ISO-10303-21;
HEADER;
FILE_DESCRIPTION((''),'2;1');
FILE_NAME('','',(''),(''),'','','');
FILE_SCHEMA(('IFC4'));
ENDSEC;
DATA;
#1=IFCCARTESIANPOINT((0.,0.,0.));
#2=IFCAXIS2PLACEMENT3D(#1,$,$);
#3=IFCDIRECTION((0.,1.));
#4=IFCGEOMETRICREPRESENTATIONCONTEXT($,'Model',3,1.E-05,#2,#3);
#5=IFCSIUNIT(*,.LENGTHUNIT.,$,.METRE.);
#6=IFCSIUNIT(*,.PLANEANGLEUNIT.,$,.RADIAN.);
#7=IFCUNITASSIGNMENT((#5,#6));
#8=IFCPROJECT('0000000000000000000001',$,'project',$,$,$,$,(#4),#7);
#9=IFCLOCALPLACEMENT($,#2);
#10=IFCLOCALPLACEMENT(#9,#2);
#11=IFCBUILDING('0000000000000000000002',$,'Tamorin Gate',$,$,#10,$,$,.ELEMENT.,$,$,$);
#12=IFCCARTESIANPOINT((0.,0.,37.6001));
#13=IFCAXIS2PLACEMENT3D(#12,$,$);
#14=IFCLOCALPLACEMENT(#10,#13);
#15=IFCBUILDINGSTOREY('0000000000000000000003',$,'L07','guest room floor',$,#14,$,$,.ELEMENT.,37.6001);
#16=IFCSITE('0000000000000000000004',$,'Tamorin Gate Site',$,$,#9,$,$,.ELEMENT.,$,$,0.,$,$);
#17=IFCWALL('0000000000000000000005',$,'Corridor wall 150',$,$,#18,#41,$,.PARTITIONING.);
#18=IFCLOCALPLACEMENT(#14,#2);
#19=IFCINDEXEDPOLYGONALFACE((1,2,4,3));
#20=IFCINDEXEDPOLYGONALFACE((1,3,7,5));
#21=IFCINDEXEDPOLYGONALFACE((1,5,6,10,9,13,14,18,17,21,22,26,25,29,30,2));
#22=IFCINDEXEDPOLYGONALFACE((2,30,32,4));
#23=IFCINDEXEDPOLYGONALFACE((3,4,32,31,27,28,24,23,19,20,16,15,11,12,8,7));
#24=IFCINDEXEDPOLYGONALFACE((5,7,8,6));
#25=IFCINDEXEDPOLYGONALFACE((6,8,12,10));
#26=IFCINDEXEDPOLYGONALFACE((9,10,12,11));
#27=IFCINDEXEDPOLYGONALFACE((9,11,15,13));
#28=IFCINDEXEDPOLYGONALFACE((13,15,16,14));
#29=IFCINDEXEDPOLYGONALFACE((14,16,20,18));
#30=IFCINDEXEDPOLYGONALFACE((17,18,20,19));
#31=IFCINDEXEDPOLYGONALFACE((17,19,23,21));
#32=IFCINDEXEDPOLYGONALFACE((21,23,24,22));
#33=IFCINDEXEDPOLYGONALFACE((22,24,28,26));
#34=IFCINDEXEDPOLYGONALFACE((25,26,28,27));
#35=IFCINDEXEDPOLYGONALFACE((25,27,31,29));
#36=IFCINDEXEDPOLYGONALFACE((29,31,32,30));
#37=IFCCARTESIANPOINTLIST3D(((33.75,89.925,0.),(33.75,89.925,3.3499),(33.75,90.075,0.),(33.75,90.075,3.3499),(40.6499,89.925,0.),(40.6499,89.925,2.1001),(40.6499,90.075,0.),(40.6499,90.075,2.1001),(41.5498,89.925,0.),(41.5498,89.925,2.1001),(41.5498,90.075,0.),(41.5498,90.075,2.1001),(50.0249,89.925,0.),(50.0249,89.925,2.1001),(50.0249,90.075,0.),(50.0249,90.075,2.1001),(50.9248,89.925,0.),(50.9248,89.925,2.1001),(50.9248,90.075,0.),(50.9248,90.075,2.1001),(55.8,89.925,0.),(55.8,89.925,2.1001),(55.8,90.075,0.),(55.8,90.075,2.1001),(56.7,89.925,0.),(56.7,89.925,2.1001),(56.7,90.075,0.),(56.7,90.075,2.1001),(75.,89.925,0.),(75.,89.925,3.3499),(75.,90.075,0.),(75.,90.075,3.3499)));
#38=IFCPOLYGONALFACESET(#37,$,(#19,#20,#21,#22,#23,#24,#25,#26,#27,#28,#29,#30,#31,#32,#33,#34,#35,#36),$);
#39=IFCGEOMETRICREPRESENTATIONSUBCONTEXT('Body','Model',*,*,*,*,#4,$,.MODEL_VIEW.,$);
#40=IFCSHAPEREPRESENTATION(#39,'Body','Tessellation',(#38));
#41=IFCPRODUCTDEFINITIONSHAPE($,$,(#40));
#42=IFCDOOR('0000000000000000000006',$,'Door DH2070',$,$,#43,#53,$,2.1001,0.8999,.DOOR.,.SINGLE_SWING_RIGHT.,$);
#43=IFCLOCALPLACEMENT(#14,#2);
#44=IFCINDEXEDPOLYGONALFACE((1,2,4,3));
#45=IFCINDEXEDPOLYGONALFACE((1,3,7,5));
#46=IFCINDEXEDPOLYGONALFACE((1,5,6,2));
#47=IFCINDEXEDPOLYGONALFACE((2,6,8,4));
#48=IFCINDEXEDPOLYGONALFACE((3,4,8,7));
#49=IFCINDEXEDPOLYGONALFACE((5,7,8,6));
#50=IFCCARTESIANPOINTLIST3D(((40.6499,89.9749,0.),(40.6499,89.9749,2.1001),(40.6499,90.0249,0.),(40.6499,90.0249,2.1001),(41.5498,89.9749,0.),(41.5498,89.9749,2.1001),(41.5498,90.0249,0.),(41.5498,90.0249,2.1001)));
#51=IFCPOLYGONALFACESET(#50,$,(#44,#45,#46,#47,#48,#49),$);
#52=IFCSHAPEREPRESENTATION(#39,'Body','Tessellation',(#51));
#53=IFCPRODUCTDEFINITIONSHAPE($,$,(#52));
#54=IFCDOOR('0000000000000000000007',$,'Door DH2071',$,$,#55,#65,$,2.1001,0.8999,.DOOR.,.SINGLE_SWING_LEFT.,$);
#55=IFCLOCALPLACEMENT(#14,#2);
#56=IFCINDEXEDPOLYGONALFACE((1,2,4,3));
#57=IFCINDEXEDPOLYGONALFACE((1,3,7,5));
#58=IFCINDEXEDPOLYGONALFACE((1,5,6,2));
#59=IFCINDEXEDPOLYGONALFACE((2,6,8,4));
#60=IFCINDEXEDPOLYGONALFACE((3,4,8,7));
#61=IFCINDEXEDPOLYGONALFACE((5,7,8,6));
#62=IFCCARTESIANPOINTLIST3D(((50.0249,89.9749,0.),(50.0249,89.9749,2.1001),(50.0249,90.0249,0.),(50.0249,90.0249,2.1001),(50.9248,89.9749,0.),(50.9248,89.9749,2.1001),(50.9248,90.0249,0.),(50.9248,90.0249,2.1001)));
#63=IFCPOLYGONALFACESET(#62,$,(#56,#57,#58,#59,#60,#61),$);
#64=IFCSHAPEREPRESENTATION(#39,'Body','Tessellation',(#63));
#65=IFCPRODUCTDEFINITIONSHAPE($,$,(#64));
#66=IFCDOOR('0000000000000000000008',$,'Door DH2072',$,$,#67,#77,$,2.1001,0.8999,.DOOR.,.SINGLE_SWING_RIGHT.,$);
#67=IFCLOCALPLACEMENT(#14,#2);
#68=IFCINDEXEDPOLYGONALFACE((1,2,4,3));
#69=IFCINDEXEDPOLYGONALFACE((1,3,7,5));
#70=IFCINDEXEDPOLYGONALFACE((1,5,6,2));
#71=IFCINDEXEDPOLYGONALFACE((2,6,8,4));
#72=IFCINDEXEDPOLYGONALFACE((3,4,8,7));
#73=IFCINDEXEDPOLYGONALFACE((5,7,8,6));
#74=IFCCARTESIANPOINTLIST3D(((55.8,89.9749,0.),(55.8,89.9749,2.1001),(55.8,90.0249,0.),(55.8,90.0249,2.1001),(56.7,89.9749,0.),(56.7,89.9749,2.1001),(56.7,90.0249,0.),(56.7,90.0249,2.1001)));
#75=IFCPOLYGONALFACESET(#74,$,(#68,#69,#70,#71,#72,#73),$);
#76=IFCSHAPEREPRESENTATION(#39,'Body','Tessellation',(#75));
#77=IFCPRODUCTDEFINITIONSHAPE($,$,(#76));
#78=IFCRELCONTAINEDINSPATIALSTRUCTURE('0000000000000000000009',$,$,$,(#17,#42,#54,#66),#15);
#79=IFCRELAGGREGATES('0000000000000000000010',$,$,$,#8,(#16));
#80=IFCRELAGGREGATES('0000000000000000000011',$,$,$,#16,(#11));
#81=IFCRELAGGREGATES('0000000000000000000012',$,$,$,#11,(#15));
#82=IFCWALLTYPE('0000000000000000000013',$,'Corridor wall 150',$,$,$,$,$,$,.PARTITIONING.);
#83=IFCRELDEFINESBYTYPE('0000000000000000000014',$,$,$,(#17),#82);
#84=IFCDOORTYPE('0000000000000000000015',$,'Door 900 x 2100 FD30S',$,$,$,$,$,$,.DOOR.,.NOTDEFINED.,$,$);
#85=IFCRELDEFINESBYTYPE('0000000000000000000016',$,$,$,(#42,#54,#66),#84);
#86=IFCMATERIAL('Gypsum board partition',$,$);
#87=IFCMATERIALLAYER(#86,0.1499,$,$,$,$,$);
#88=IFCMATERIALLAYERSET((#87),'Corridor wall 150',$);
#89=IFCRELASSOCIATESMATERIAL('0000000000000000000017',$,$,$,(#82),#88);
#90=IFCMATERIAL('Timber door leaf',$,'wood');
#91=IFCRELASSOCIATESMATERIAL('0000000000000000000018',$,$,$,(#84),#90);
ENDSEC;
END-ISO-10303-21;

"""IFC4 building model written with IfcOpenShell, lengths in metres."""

from ifc_helpers import new_model, si_unit, direction, frame, frame_2d, origin, place, context, subcontext, project, spatial, rectangle, extrude, material, layer, layer_set, type_object, element, fill, save


model = new_model("IFC4")

# Units and contexts
model_context = context("Model", 3, precision=1e-05, world=origin(), true_north=direction((0.0, 1.0)))
body_context = subcontext(model_context, "Body", "Model", "MODEL_VIEW")
ifc_project = project(units=[si_unit("LENGTHUNIT", "METRE"), si_unit("PLANEANGLEUNIT", "RADIAN")], contexts=[model_context])

# Site, building, storey
site_placement = place(None, origin())
site = spatial("IfcSite", under=ifc_project, at=site_placement, Name="Tamorin Gate Site", CompositionType="ELEMENT", RefElevation=0.0)
building_placement = place(site_placement, origin())
building = spatial("IfcBuilding", under=site, at=building_placement, Name="Tamorin Gate", CompositionType="ELEMENT")
storey_placement = place(building_placement, frame((0.0, 0.0, 37.6001)))
storey = spatial("IfcBuildingStorey", under=building, at=storey_placement, Name="L07", Description="guest room floor", CompositionType="ELEMENT", Elevation=37.6001)

# Wall, openings, doors
ifc_material_1 = material(Name="Gypsum board partition")
ifc_layer_1 = layer(ifc_material_1, 0.1499)
ifc_layer_set_1 = layer_set([ifc_layer_1], Name="Corridor wall 150")
wall_type_1 = type_object("IfcWallType", Name="Corridor wall 150", PredefinedType="PARTITIONING", material=ifc_layer_set_1)
wall_1_placement = place(storey_placement, frame((33.75, 90.0, 0.0), z_axis=(0.0, 0.0, 1.0), x_axis=(1.0, 0.0, 0.0)))
wall_1 = element("IfcWall", 1, at=wall_1_placement, inside=storey, type_object=wall_type_1, Name="Corridor wall 150", PredefinedType="PARTITIONING", context=body_context, shape_type="SweptSolid", body=[
    extrude(rectangle(XDim=41.25, YDim=0.1499, at=frame_2d((20.625, 0.0))), origin(), (0.0, 0.0, 1.0), 3.3499),
])
opening_1_placement = place(wall_1_placement, frame((6.8999, 0.0, 0.0)))
opening_1 = element("IfcOpeningElement", 2, at=opening_1_placement, cuts=wall_1, PredefinedType="OPENING", context=body_context, shape_type="SweptSolid", body=[
    extrude(rectangle(XDim=0.8999, YDim=2.1001, at=frame_2d((0.45, 1.05))), frame((0.0, 0.085, 0.0), z_axis=(0.0, -1.0, 0.0), x_axis=(1.0, 0.0, 0.0)), (0.0, 0.0, 1.0), 0.1699),
])
opening_2_placement = place(wall_1_placement, frame((16.2749, 0.0, 0.0)))
opening_2 = element("IfcOpeningElement", 3, at=opening_2_placement, cuts=wall_1, PredefinedType="OPENING", context=body_context, shape_type="SweptSolid", body=[
    extrude(rectangle(XDim=0.8999, YDim=2.1001, at=frame_2d((0.45, 1.05))), frame((0.0, 0.085, 0.0), z_axis=(0.0, -1.0, 0.0), x_axis=(1.0, 0.0, 0.0)), (0.0, 0.0, 1.0), 0.1699),
])
opening_3_placement = place(wall_1_placement, frame((22.05, 0.0, 0.0)))
opening_3 = element("IfcOpeningElement", 4, at=opening_3_placement, cuts=wall_1, PredefinedType="OPENING", context=body_context, shape_type="SweptSolid", body=[
    extrude(rectangle(XDim=0.8999, YDim=2.1001, at=frame_2d((0.45, 1.05))), frame((0.0, 0.085, 0.0), z_axis=(0.0, -1.0, 0.0), x_axis=(1.0, 0.0, 0.0)), (0.0, 0.0, 1.0), 0.1699),
])
ifc_material_2 = material(Name="Timber door leaf", Category="wood")
door_type_1 = type_object("IfcDoorType", Name="Door 900 x 2100 FD30S", OperationType="NOTDEFINED", PredefinedType="DOOR", material=ifc_material_2)
door_1_placement = place(opening_1_placement, origin())
door_1 = element("IfcDoor", 5, at=door_1_placement, inside=storey, type_object=door_type_1, Name="Door DH2070", OperationType="SINGLE_SWING_RIGHT", OverallHeight=2.1001, OverallWidth=0.8999, PredefinedType="DOOR", context=body_context, shape_type="SweptSolid", body=[
    extrude(rectangle(XDim=0.8999, YDim=2.1001, at=frame_2d((0.45, 1.05))), frame((0.0, 0.0249, 0.0), z_axis=(0.0, -1.0, 0.0), x_axis=(1.0, 0.0, 0.0)), (0.0, 0.0, 1.0), 0.05),
])
fill(opening_1, door_1)
door_2_placement = place(opening_2_placement, origin())
door_2 = element("IfcDoor", 6, at=door_2_placement, inside=storey, type_object=door_type_1, Name="Door DH2071", OperationType="SINGLE_SWING_LEFT", OverallHeight=2.1001, OverallWidth=0.8999, PredefinedType="DOOR", context=body_context, shape_type="SweptSolid", body=[
    extrude(rectangle(XDim=0.8999, YDim=2.1001, at=frame_2d((0.45, 1.05))), frame((0.0, 0.0249, 0.0), z_axis=(0.0, -1.0, 0.0), x_axis=(1.0, 0.0, 0.0)), (0.0, 0.0, 1.0), 0.05),
])
fill(opening_2, door_2)
door_3_placement = place(opening_3_placement, origin())
door_3 = element("IfcDoor", 7, at=door_3_placement, inside=storey, type_object=door_type_1, Name="Door DH2072", OperationType="SINGLE_SWING_RIGHT", OverallHeight=2.1001, OverallWidth=0.8999, PredefinedType="DOOR", context=body_context, shape_type="SweptSolid", body=[
    extrude(rectangle(XDim=0.8999, YDim=2.1001, at=frame_2d((0.45, 1.05))), frame((0.0, 0.0249, 0.0), z_axis=(0.0, -1.0, 0.0), x_axis=(1.0, 0.0, 0.0)), (0.0, 0.0, 1.0), 0.05),
])
fill(opening_3, door_3)

save(model, "model.ifc")
